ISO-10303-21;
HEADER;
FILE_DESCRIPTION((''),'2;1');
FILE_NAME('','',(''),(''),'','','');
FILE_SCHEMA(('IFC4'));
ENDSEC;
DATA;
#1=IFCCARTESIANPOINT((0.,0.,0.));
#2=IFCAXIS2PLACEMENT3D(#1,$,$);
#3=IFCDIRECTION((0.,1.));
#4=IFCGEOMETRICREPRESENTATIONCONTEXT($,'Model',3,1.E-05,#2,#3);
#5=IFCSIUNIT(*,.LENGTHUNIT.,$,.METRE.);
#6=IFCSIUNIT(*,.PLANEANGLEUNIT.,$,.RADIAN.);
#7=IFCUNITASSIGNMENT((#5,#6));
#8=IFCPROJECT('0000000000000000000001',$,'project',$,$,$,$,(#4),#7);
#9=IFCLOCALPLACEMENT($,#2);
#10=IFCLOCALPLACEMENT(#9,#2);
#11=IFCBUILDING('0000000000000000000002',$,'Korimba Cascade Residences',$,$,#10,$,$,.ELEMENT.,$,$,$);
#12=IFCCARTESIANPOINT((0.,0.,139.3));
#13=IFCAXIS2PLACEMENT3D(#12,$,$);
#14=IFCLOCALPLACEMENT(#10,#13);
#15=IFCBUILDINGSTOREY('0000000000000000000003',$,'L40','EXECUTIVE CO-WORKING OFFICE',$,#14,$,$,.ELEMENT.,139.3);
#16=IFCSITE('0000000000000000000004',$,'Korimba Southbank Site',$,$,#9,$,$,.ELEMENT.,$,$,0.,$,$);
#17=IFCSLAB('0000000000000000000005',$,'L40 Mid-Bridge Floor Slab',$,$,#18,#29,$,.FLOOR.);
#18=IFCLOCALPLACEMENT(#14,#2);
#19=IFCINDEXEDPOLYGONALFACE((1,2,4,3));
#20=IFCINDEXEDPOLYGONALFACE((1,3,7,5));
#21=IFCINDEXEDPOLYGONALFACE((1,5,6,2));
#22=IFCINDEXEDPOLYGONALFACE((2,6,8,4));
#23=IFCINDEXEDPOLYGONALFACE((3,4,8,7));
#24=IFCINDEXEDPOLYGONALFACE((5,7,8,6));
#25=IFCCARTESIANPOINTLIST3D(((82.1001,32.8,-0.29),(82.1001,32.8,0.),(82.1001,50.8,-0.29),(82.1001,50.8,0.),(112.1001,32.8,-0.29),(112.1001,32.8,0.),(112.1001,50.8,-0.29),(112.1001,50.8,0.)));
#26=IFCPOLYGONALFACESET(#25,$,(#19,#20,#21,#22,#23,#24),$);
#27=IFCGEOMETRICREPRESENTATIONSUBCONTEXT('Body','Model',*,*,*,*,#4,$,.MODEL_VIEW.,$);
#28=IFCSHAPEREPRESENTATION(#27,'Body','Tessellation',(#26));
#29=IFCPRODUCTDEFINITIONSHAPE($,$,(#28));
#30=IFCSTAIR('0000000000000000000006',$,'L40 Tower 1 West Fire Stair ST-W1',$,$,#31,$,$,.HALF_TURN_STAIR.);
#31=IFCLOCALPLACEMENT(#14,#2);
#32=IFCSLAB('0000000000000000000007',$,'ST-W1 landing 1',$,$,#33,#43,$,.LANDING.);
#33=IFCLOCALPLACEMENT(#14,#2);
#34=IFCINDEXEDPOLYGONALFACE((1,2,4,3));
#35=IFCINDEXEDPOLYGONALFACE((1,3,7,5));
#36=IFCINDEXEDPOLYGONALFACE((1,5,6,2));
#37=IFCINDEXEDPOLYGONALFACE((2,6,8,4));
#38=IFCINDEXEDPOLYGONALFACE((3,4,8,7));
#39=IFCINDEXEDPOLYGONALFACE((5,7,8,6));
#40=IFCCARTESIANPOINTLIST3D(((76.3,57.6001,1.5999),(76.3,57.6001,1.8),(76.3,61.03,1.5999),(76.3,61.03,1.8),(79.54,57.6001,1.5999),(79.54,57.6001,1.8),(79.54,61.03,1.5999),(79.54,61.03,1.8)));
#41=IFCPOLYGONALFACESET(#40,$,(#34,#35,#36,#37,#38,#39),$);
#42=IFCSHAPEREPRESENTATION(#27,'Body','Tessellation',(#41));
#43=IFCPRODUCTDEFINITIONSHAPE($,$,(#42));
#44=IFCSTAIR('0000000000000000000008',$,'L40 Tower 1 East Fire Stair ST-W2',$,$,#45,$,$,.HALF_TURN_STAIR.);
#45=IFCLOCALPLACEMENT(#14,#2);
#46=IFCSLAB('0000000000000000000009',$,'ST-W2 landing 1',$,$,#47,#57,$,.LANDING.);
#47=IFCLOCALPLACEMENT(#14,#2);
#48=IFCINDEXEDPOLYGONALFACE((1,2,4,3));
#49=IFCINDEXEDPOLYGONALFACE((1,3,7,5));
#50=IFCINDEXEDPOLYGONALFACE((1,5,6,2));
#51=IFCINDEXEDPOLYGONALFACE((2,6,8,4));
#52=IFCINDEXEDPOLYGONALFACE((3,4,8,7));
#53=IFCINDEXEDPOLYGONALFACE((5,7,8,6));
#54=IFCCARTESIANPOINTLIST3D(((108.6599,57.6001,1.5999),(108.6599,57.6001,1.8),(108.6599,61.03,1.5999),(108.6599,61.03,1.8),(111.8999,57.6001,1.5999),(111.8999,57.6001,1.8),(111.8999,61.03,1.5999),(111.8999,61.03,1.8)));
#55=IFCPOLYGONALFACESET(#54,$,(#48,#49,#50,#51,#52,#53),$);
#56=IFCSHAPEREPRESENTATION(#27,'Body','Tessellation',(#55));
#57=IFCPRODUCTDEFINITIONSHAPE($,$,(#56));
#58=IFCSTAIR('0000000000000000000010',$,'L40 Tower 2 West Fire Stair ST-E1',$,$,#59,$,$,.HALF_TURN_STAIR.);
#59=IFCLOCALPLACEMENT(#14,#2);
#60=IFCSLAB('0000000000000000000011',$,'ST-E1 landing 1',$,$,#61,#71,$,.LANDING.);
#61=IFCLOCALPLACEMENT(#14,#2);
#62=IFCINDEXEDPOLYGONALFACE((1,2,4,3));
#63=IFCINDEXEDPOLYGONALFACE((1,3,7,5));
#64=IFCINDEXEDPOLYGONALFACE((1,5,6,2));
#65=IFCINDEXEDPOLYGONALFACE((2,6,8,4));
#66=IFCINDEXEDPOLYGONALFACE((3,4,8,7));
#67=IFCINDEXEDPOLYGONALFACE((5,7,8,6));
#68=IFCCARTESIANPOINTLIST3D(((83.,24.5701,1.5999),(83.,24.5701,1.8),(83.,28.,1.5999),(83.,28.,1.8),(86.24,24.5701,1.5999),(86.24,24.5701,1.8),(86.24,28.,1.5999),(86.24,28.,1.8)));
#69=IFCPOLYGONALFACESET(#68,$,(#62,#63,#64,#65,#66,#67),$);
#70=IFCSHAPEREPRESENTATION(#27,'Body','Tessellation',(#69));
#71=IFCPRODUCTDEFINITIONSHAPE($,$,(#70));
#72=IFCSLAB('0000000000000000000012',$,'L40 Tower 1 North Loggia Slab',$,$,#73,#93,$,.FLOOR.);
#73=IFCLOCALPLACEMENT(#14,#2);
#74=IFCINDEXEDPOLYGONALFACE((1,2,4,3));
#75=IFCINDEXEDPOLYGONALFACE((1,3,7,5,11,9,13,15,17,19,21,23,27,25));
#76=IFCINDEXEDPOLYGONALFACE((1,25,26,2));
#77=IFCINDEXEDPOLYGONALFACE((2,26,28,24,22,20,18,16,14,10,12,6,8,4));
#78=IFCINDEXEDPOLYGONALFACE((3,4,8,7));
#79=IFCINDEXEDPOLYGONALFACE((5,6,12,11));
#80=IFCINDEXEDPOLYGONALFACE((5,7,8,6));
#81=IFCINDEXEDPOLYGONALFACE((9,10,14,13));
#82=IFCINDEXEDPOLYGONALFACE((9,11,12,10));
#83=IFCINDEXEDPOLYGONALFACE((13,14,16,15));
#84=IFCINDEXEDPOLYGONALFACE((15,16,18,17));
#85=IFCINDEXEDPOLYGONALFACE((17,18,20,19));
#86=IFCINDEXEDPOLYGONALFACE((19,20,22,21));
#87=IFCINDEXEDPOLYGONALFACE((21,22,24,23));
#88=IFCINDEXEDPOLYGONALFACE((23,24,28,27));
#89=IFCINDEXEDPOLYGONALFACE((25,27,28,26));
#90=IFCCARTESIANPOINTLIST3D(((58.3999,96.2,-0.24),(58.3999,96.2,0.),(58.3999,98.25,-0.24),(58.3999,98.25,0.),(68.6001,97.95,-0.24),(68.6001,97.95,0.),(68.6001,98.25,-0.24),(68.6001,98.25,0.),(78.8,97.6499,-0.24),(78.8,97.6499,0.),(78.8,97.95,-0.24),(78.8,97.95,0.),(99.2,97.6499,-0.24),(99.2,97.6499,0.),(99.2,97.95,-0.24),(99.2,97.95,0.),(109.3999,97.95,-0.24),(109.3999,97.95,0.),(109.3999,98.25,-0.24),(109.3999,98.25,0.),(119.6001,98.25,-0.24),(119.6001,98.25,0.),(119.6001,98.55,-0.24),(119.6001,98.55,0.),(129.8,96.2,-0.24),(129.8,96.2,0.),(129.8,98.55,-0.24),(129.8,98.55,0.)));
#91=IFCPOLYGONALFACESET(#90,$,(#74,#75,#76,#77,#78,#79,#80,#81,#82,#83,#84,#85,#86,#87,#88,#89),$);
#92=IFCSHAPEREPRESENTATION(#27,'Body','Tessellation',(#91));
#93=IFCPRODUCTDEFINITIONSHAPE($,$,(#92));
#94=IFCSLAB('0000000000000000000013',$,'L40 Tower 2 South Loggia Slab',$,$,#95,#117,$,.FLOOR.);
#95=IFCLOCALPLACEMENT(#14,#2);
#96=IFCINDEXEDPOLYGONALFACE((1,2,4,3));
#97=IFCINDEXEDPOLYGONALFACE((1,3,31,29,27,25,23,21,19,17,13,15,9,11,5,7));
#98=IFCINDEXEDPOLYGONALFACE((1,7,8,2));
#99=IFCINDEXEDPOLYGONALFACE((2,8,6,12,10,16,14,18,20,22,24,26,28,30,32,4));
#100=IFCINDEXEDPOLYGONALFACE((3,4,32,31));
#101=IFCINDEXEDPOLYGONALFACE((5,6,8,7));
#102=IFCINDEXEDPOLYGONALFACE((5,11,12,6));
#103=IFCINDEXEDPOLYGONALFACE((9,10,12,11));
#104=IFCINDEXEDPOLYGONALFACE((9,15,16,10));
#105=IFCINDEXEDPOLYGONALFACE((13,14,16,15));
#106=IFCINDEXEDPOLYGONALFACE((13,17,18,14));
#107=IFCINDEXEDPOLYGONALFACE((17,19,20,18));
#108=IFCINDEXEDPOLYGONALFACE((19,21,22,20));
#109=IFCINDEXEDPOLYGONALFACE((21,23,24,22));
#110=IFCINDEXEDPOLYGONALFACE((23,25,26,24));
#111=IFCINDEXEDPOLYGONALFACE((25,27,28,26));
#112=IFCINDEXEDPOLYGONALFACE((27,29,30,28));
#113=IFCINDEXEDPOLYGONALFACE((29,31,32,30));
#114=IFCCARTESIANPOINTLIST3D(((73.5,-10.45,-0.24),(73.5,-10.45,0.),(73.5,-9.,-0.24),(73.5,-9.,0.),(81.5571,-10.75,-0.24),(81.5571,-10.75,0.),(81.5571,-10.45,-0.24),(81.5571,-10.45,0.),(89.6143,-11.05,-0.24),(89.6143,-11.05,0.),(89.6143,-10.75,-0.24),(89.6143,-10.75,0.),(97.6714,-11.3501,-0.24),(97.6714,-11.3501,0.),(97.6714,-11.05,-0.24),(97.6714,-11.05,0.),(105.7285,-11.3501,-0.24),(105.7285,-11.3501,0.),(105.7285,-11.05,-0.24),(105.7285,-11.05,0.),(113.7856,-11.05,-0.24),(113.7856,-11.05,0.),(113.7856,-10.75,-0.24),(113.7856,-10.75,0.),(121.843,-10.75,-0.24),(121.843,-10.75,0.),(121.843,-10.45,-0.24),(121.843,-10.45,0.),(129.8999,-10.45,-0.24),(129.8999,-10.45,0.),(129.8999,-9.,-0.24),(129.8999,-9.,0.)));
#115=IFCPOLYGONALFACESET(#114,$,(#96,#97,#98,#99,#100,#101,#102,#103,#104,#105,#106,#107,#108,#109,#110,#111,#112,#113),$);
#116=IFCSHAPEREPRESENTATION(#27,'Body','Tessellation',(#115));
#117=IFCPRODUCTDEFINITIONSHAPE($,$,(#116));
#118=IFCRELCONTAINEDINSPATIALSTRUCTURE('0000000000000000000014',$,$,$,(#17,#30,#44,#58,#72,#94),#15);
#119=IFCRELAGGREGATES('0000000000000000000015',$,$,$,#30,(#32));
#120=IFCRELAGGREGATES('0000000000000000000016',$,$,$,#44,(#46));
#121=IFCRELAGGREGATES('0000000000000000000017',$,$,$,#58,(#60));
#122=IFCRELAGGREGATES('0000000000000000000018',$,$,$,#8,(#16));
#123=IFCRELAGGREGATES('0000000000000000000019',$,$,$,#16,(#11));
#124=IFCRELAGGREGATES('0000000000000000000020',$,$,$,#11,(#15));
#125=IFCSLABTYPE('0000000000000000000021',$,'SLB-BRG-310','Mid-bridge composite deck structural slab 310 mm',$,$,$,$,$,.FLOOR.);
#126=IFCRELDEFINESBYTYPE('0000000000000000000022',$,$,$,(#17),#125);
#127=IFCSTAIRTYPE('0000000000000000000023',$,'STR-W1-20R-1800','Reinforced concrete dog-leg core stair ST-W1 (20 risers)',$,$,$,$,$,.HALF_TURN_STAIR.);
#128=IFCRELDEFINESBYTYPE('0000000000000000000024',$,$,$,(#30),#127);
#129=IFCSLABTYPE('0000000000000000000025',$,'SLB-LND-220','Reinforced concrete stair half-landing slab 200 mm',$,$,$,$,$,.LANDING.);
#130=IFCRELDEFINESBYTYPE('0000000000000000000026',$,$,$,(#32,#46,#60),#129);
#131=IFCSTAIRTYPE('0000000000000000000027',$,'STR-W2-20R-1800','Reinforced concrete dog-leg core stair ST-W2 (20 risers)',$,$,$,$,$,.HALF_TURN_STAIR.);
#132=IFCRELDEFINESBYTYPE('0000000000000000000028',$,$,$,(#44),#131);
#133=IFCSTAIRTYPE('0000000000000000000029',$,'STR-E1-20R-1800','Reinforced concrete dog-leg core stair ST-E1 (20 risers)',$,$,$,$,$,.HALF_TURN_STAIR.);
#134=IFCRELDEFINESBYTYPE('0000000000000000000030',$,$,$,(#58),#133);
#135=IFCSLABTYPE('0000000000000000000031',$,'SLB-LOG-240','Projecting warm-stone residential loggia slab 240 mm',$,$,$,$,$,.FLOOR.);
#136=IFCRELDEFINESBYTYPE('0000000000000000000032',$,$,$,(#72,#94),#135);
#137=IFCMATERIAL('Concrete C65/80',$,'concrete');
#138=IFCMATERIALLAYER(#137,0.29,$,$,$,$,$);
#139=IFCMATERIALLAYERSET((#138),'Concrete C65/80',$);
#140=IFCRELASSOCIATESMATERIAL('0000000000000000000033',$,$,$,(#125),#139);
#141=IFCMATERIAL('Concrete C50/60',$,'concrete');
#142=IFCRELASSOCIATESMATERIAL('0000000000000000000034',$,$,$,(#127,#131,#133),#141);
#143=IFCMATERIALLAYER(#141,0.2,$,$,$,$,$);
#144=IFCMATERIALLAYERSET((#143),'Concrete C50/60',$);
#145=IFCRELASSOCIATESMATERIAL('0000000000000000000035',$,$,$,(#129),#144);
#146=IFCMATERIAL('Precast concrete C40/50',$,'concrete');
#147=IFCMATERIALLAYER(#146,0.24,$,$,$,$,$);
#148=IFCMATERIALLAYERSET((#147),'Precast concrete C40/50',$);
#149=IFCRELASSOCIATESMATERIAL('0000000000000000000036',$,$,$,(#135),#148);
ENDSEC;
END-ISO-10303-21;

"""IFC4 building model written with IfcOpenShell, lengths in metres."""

from ifc_helpers import new_model, si_unit, direction, frame, origin, place, context, subcontext, project, spatial, polyline, outline, extrude, material, layer, layer_set, type_object, element, aggregate, save


model = new_model("IFC4")

# Units and contexts
model_context = context("Model", 3, precision=1e-05, world=origin(), true_north=direction((0.0, 1.0)))
body_context = subcontext(model_context, "Body", "Model", "MODEL_VIEW")
ifc_project = project(units=[si_unit("LENGTHUNIT", "METRE"), si_unit("PLANEANGLEUNIT", "RADIAN")], contexts=[model_context])

# Site, building, storey
site_placement = place(None, origin())
site = spatial("IfcSite", under=ifc_project, at=site_placement, Name="Korimba Southbank Site", CompositionType="ELEMENT", RefElevation=0.0)
building_placement = place(site_placement, origin())
building = spatial("IfcBuilding", under=site, at=building_placement, Name="Korimba Cascade Residences", CompositionType="ELEMENT")
storey_placement = place(building_placement, frame((0.0, 0.0, 139.3)))
storey = spatial("IfcBuildingStorey", under=building, at=storey_placement, Name="L40", Description="EXECUTIVE CO-WORKING OFFICE", CompositionType="ELEMENT", Elevation=139.3)

# Slab
ifc_material_1 = material(Name="Concrete C65/80", Category="concrete")
ifc_layer_1 = layer(ifc_material_1, 0.29)
ifc_layer_set_1 = layer_set([ifc_layer_1], Name="Concrete C65/80")
slab_type_1 = type_object("IfcSlabType", Name="SLB-BRG-310", Description="Mid-bridge composite deck structural slab 310 mm", PredefinedType="FLOOR", material=ifc_layer_set_1)
slab_1_placement = place(storey_placement, frame((0.0, 0.0, -0.29)))
element("IfcSlab", 1, at=slab_1_placement, inside=storey, type_object=slab_type_1, Name="L40 Mid-Bridge Floor Slab", PredefinedType="FLOOR", context=body_context, shape_type="SweptSolid", body=[
    extrude(outline(polyline([(82.1001, 32.8), (112.1001, 32.8), (112.1001, 50.8), (82.1001, 50.8), (82.1001, 32.8)])), origin(), (0.0, 0.0, 1.0), 0.29),
])

# Stairs, slabs
ifc_material_2 = material(Name="Concrete C50/60", Category="concrete")
stair_type_1 = type_object("IfcStairType", Name="STR-W1-20R-1800", Description="Reinforced concrete dog-leg core stair ST-W1 (20 risers)", PredefinedType="HALF_TURN_STAIR", material=ifc_material_2)
stair_1_placement = place(storey_placement, origin())
stair_1 = element("IfcStair", 2, at=stair_1_placement, inside=storey, type_object=stair_type_1, Name="L40 Tower 1 West Fire Stair ST-W1", PredefinedType="HALF_TURN_STAIR")
ifc_layer_2 = layer(ifc_material_2, 0.2)
ifc_layer_set_2 = layer_set([ifc_layer_2], Name="Concrete C50/60")
slab_type_2 = type_object("IfcSlabType", Name="SLB-LND-220", Description="Reinforced concrete stair half-landing slab 200 mm", PredefinedType="LANDING", material=ifc_layer_set_2)
slab_2_placement = place(storey_placement, frame((0.0, 0.0, 1.5999)))
slab_2 = element("IfcSlab", 3, at=slab_2_placement, type_object=slab_type_2, Name="ST-W1 landing 1", PredefinedType="LANDING", context=body_context, shape_type="SweptSolid", body=[
    extrude(outline(polyline([(76.3, 61.03), (76.3, 57.6001), (79.54, 57.6001), (79.54, 61.03), (76.3, 61.03)])), origin(), (0.0, 0.0, 1.0), 0.2002),
])
aggregate(stair_1, [slab_2])
stair_type_2 = type_object("IfcStairType", Name="STR-W2-20R-1800", Description="Reinforced concrete dog-leg core stair ST-W2 (20 risers)", PredefinedType="HALF_TURN_STAIR", material=ifc_material_2)
stair_2_placement = place(storey_placement, origin())
stair_2 = element("IfcStair", 4, at=stair_2_placement, inside=storey, type_object=stair_type_2, Name="L40 Tower 1 East Fire Stair ST-W2", PredefinedType="HALF_TURN_STAIR")
slab_3_placement = place(storey_placement, frame((0.0, 0.0, 1.5999)))
slab_3 = element("IfcSlab", 5, at=slab_3_placement, type_object=slab_type_2, Name="ST-W2 landing 1", PredefinedType="LANDING", context=body_context, shape_type="SweptSolid", body=[
    extrude(outline(polyline([(108.6599, 61.03), (108.6599, 57.6001), (111.8999, 57.6001), (111.8999, 61.03), (108.6599, 61.03)])), origin(), (0.0, 0.0, 1.0), 0.2002),
])
aggregate(stair_2, [slab_3])
stair_type_3 = type_object("IfcStairType", Name="STR-E1-20R-1800", Description="Reinforced concrete dog-leg core stair ST-E1 (20 risers)", PredefinedType="HALF_TURN_STAIR", material=ifc_material_2)
stair_3_placement = place(storey_placement, origin())
stair_3 = element("IfcStair", 6, at=stair_3_placement, inside=storey, type_object=stair_type_3, Name="L40 Tower 2 West Fire Stair ST-E1", PredefinedType="HALF_TURN_STAIR")
slab_4_placement = place(storey_placement, frame((0.0, 0.0, 1.5999)))
slab_4 = element("IfcSlab", 7, at=slab_4_placement, type_object=slab_type_2, Name="ST-E1 landing 1", PredefinedType="LANDING", context=body_context, shape_type="SweptSolid", body=[
    extrude(outline(polyline([(86.24, 24.5701), (86.24, 28.0), (83.0, 28.0), (83.0, 24.5701), (86.24, 24.5701)])), origin(), (0.0, 0.0, 1.0), 0.2002),
])
aggregate(stair_3, [slab_4])

# Slabs
ifc_material_3 = material(Name="Precast concrete C40/50", Category="concrete")
ifc_layer_3 = layer(ifc_material_3, 0.24)
ifc_layer_set_3 = layer_set([ifc_layer_3], Name="Precast concrete C40/50")
slab_type_3 = type_object("IfcSlabType", Name="SLB-LOG-240", Description="Projecting warm-stone residential loggia slab 240 mm", PredefinedType="FLOOR", material=ifc_layer_set_3)
slab_5_placement = place(storey_placement, frame((0.0, 0.0, -0.24)))
element("IfcSlab", 8, at=slab_5_placement, inside=storey, type_object=slab_type_3, Name="L40 Tower 1 North Loggia Slab", PredefinedType="FLOOR", context=body_context, shape_type="SweptSolid", body=[
    extrude(outline(polyline([(58.3999, 96.2), (129.8, 96.2), (129.8, 98.55), (119.6001, 98.55), (119.6001, 98.25), (109.3999, 98.25), (109.3999, 97.95), (99.2, 97.95), (99.2, 97.6499), (78.8, 97.6499), (78.8, 97.95), (68.6001, 97.95), (68.6001, 98.25), (58.3999, 98.25), (58.3999, 96.2)])), origin(), (0.0, 0.0, 1.0), 0.24),
])
slab_6_placement = place(storey_placement, frame((0.0, 0.0, -0.24)))
element("IfcSlab", 9, at=slab_6_placement, inside=storey, type_object=slab_type_3, Name="L40 Tower 2 South Loggia Slab", PredefinedType="FLOOR", context=body_context, shape_type="SweptSolid", body=[
    extrude(outline(polyline([(73.5, -10.45), (81.5571, -10.45), (81.5571, -10.75), (89.6143, -10.75), (89.6143, -11.05), (97.6714, -11.05), (97.6714, -11.3501), (105.7285, -11.3501), (105.7285, -11.05), (113.7856, -11.05), (113.7856, -10.75), (121.843, -10.75), (121.843, -10.45), (129.8999, -10.45), (129.8999, -9.0), (73.5, -9.0), (73.5, -10.45)])), origin(), (0.0, 0.0, 1.0), 0.24),
])

save(model, "model.ifc")
